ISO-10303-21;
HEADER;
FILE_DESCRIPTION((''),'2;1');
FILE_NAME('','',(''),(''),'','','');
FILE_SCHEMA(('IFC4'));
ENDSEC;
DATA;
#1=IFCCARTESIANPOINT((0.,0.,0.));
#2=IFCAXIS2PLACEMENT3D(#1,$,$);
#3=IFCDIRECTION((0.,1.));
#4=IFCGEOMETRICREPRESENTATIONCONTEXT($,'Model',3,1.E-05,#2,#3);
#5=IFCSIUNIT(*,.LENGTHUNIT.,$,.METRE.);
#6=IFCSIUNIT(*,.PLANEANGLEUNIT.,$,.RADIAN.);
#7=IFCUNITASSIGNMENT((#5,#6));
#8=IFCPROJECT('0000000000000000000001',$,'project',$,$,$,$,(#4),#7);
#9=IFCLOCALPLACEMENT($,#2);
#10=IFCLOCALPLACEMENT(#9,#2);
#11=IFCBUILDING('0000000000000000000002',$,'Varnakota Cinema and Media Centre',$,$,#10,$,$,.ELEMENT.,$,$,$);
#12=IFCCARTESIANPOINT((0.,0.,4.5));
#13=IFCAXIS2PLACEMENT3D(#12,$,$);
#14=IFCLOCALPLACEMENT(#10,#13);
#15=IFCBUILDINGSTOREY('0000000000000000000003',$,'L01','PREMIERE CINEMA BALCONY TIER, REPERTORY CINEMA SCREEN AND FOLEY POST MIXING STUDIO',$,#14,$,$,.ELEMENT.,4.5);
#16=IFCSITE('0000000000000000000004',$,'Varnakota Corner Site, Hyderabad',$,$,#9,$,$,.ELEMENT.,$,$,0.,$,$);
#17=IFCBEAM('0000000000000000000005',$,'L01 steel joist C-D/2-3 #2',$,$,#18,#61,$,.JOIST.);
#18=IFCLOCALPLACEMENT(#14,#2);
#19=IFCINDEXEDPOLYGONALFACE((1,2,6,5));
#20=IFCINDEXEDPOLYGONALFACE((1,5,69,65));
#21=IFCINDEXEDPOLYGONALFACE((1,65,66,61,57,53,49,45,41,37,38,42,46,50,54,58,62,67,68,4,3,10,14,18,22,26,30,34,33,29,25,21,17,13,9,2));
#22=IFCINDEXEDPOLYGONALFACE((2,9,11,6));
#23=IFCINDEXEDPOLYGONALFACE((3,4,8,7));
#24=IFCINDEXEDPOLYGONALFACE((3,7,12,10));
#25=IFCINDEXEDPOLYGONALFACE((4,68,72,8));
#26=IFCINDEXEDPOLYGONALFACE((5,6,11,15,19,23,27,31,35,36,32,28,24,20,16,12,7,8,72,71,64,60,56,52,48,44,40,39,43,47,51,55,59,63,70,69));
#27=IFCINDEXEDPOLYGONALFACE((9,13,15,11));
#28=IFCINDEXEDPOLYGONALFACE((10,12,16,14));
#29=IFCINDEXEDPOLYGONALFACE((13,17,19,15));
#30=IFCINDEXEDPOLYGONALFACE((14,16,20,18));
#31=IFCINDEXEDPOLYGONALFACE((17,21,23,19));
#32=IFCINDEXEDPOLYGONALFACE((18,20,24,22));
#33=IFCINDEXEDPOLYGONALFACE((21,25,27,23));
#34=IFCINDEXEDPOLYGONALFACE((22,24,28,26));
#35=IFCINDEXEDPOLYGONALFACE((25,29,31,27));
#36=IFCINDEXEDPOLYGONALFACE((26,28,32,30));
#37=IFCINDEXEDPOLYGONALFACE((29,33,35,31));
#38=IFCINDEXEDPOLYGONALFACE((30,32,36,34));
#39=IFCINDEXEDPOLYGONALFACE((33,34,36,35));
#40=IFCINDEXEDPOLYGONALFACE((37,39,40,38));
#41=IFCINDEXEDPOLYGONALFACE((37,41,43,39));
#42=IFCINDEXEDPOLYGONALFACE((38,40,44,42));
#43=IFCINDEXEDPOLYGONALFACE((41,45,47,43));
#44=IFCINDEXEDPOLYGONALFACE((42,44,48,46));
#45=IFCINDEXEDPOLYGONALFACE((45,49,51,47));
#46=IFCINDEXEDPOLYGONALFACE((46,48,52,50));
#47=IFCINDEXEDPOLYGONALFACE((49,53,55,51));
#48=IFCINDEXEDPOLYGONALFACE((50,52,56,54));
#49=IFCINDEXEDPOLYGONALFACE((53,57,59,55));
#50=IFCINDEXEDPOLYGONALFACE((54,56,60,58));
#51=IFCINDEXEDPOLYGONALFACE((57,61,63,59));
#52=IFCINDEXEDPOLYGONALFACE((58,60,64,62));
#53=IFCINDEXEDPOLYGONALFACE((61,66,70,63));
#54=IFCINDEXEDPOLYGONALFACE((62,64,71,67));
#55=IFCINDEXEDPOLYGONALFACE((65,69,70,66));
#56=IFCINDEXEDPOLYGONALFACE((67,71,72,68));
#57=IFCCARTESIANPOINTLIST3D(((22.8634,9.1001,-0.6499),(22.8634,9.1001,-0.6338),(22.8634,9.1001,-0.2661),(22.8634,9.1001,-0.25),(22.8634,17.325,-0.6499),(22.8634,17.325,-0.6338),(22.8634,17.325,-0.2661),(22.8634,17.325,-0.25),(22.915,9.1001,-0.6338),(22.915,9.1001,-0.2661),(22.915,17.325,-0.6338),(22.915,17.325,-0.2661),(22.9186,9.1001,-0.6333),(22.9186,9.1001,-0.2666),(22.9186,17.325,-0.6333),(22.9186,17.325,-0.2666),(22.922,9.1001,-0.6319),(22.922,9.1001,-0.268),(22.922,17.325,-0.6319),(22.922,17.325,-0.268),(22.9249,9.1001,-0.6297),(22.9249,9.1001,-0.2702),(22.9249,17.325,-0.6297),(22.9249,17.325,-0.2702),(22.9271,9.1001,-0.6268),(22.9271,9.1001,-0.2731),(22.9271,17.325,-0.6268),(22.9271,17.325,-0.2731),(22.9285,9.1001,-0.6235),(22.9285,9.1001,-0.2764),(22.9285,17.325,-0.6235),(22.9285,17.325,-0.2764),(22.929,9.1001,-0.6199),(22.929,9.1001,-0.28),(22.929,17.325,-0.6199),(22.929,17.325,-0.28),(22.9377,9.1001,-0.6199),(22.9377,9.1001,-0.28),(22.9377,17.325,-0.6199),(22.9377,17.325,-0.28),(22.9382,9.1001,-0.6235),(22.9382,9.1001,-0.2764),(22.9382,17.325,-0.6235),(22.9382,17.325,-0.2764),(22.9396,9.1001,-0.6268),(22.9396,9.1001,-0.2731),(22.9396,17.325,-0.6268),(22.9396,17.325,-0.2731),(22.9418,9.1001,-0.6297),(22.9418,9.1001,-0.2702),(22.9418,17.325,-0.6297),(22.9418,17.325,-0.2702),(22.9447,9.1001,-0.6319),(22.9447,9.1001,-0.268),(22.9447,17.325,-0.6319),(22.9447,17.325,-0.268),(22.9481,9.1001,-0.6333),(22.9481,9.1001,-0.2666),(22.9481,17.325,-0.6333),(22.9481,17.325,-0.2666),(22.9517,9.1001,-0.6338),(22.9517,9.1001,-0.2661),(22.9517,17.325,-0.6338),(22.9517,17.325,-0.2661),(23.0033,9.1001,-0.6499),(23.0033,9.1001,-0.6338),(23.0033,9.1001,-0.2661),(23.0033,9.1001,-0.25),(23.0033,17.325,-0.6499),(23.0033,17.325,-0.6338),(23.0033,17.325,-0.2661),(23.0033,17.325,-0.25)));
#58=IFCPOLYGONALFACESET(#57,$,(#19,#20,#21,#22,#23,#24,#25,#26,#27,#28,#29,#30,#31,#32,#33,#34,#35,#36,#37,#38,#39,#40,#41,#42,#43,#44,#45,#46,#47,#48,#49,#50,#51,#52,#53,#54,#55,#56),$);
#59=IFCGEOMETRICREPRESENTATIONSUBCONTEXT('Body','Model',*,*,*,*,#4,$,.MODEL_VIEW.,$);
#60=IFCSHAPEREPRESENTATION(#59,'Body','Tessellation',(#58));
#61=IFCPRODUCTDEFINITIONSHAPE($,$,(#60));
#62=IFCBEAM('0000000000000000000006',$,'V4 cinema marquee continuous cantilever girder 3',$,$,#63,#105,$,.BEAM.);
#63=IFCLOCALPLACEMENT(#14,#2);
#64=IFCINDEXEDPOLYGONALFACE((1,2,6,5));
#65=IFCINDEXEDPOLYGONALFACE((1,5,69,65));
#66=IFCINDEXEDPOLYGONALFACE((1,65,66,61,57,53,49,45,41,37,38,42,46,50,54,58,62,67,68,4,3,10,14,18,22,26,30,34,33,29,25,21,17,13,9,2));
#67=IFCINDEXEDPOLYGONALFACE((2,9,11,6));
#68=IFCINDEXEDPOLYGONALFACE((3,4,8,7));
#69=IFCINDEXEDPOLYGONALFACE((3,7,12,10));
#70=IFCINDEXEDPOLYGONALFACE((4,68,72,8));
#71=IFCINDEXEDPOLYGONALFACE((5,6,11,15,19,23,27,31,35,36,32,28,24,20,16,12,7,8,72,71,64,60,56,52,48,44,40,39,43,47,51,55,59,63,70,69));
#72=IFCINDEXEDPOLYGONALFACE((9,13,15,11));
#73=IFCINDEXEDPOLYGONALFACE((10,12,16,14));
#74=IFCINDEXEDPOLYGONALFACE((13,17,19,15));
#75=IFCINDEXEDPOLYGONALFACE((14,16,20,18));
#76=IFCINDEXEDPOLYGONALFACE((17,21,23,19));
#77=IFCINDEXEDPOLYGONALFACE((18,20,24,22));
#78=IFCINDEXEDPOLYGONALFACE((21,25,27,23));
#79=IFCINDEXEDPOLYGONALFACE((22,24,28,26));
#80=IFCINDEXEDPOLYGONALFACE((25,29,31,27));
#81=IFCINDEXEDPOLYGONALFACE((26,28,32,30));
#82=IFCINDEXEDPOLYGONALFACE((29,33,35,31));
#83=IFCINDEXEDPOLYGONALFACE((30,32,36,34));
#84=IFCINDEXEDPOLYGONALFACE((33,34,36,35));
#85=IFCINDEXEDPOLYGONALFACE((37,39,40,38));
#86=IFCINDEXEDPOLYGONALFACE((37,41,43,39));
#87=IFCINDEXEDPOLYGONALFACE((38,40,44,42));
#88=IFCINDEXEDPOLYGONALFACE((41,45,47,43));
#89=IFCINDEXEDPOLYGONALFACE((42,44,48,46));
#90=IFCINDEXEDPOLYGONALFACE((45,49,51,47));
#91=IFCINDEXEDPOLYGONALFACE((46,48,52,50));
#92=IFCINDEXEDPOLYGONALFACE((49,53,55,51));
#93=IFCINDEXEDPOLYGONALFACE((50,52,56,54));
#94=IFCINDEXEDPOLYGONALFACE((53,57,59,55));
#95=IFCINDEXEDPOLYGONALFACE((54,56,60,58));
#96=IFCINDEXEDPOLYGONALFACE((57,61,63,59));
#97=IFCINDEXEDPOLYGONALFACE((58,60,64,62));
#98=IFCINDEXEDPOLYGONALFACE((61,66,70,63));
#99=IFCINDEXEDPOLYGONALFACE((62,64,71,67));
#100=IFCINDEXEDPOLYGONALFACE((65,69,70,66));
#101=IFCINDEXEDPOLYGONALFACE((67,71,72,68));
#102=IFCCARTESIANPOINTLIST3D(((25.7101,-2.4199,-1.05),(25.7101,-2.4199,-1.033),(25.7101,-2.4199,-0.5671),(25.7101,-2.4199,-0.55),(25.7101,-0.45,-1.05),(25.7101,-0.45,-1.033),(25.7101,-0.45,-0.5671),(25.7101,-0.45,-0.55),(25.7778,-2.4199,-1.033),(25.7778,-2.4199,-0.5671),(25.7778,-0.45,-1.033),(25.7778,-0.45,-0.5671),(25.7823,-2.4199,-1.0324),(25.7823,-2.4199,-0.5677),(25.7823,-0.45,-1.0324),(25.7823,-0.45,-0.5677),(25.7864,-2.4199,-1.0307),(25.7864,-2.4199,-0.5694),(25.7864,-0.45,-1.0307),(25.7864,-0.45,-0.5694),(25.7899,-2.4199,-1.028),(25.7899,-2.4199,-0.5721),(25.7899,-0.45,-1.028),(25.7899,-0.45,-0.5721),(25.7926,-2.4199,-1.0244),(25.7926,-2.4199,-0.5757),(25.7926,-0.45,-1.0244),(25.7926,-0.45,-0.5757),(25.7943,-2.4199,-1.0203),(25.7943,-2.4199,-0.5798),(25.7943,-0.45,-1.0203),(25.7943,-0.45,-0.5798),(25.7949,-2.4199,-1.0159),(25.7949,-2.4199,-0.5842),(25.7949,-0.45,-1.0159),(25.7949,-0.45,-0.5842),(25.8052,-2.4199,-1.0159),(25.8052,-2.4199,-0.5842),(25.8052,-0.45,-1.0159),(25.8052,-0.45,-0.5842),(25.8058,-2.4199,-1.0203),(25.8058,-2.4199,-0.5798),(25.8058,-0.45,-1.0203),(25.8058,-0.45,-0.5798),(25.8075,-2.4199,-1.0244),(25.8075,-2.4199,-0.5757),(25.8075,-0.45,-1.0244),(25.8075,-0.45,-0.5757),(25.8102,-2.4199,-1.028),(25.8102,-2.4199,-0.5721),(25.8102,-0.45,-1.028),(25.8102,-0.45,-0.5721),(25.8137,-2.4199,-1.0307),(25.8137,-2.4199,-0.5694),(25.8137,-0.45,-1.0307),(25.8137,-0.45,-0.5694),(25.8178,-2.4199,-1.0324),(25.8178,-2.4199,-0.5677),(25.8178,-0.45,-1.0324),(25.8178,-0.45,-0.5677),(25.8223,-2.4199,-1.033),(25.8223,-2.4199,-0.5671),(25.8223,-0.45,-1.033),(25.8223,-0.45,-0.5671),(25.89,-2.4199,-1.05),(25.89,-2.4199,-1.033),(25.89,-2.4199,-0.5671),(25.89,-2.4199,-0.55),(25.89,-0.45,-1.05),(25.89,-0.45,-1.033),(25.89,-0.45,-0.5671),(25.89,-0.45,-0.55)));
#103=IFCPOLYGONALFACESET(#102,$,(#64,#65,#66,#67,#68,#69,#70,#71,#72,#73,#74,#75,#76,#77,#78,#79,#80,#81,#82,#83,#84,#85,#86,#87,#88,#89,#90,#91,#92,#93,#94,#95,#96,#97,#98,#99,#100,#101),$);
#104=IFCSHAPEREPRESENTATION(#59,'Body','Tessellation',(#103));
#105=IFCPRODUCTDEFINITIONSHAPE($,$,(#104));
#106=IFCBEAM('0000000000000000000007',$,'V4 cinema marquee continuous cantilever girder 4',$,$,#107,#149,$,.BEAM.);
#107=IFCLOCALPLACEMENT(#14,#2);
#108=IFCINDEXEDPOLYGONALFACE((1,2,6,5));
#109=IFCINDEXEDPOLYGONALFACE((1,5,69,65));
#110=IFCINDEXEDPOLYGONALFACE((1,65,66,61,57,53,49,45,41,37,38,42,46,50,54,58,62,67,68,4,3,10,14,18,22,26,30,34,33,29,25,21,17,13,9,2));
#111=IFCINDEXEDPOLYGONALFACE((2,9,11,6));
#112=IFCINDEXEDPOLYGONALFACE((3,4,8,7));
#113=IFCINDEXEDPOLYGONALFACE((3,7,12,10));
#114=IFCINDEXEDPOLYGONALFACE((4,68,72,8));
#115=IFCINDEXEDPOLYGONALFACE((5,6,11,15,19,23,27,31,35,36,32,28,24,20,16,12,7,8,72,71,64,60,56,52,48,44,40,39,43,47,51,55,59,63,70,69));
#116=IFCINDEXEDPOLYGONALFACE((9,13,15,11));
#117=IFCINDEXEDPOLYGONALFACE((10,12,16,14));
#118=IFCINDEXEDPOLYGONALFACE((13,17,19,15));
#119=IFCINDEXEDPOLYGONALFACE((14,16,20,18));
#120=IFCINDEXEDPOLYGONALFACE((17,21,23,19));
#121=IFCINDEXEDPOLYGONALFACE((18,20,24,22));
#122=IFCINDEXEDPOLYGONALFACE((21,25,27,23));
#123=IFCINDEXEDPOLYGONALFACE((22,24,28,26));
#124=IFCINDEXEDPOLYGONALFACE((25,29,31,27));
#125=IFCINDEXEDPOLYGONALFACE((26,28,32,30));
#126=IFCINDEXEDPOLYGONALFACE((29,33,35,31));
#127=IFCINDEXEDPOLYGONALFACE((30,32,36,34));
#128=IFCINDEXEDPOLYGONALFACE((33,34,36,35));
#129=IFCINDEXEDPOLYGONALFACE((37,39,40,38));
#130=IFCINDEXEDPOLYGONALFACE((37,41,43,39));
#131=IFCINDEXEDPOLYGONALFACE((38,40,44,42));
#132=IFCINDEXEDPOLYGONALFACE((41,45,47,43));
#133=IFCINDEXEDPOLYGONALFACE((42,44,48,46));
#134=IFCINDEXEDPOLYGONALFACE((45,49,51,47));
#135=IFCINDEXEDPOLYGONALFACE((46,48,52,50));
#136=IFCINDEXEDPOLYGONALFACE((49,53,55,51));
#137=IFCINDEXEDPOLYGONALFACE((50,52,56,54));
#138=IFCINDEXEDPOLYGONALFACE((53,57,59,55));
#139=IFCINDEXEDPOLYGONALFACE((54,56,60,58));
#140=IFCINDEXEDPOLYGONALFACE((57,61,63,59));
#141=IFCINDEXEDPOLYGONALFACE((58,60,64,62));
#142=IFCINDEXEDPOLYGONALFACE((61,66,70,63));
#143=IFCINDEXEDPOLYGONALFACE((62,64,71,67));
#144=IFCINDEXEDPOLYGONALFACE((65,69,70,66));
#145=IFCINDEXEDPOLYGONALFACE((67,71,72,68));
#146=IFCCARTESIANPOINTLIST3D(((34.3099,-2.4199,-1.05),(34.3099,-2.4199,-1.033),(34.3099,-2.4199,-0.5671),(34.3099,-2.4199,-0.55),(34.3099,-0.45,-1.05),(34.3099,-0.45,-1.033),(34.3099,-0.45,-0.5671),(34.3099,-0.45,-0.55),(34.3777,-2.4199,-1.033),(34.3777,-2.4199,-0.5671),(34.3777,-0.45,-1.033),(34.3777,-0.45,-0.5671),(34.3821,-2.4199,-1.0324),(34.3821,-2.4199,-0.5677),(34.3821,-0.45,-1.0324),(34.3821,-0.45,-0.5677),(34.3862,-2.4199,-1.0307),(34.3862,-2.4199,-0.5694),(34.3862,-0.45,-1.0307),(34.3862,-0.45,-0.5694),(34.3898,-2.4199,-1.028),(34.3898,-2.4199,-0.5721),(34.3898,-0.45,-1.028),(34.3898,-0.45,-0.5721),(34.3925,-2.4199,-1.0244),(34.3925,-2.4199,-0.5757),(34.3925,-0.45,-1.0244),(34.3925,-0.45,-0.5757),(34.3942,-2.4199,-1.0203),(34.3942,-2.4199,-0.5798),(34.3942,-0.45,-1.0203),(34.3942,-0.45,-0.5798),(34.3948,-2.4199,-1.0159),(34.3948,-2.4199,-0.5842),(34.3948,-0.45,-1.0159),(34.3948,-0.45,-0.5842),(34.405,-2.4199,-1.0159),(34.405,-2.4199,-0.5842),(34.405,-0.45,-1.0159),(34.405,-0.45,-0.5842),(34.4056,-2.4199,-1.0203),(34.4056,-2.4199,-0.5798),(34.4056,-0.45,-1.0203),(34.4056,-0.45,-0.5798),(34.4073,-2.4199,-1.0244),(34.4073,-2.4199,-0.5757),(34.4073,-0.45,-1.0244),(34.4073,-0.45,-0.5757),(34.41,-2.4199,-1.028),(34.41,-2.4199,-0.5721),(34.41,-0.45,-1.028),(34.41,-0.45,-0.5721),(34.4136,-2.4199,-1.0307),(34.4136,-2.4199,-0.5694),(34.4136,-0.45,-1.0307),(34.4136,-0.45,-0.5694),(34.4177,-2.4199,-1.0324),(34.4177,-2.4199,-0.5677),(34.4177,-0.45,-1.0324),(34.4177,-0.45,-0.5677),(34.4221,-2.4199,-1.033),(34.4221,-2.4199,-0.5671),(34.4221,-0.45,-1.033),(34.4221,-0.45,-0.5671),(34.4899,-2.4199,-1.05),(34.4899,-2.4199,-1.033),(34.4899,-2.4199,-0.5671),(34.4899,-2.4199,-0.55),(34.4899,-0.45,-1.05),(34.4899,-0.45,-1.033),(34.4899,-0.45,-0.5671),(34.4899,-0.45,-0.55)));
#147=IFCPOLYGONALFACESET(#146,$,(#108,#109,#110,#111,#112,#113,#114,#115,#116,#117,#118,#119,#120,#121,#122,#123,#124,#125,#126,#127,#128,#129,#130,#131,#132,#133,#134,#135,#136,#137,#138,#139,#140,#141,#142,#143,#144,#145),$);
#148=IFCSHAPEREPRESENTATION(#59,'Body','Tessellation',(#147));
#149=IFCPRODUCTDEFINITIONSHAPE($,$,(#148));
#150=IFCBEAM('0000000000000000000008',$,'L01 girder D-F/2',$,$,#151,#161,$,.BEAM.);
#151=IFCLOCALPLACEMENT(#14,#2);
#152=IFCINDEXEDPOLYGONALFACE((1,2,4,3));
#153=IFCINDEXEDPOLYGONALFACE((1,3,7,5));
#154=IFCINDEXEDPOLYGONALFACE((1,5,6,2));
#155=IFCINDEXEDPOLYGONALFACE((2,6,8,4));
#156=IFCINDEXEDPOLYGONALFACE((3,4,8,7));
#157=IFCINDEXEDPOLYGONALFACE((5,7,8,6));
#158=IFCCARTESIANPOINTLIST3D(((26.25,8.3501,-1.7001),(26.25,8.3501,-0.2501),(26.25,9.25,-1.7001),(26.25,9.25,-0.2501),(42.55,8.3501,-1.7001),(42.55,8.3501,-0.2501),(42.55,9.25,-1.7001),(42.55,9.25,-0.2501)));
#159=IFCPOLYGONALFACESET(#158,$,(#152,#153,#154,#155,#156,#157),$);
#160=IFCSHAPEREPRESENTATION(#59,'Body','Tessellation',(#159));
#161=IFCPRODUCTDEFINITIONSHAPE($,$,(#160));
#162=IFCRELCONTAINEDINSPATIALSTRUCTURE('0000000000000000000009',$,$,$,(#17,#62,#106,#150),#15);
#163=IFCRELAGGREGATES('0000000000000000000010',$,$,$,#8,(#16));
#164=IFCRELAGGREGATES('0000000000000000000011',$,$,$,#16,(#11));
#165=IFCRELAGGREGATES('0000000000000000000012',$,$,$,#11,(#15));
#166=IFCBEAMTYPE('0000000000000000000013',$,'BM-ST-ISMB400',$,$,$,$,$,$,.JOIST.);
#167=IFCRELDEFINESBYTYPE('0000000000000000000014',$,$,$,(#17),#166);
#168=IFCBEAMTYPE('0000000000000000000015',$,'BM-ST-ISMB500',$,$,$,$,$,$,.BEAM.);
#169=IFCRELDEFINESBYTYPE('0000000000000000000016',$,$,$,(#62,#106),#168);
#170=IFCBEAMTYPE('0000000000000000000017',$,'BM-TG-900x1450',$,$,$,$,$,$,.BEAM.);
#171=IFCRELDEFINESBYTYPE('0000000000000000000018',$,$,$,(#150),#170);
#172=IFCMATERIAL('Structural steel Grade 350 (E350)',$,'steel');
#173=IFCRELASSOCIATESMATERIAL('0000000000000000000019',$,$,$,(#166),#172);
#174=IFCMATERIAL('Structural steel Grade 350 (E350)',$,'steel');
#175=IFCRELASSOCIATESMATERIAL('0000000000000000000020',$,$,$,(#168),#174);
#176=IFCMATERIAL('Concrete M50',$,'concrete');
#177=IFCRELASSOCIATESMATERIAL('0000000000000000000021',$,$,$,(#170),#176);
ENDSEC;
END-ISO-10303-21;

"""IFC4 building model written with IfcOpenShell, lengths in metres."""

from ifc_helpers import new_model, si_unit, direction, frame, origin, origin_2d, place, context, subcontext, project, spatial, rectangle, i_section, extrude, material, material_profile, profile_set, type_object, element, save


model = new_model("IFC4")

# Units and contexts
model_context = context("Model", 3, precision=1e-05, world=origin(), true_north=direction((0.0, 1.0)))
body_context = subcontext(model_context, "Body", "Model", "MODEL_VIEW")
ifc_project = project(units=[si_unit("LENGTHUNIT", "METRE"), si_unit("PLANEANGLEUNIT", "RADIAN")], contexts=[model_context])

# Site, building, storey
site_placement = place(None, origin())
site = spatial("IfcSite", under=ifc_project, at=site_placement, Name="Varnakota Corner Site, Hyderabad", CompositionType="ELEMENT", RefElevation=0.0)
building_placement = place(site_placement, origin())
building = spatial("IfcBuilding", under=site, at=building_placement, Name="Varnakota Cinema and Media Centre", CompositionType="ELEMENT")
storey_placement = place(building_placement, frame((0.0, 0.0, 4.5)))
storey = spatial("IfcBuildingStorey", under=building, at=storey_placement, Name="L01", Description="PREMIERE CINEMA BALCONY TIER, REPERTORY CINEMA SCREEN AND FOLEY POST MIXING STUDIO", CompositionType="ELEMENT", Elevation=4.5)

# Beams
ifc_material_1 = material(Name="Structural steel Grade 350 (E350)", Category="steel")
ifc_material_profile_1 = material_profile(ifc_material_1, i_section(OverallWidth=0.1399, OverallDepth=0.3999, WebThickness=0.0088, FlangeThickness=0.0161, FilletRadius=0.0139, at=origin_2d()), Name="ISMB 400")
ifc_profile_set_1 = profile_set([ifc_material_profile_1], Name="Structural steel Grade 350 (E350)")
beam_type_1 = type_object("IfcBeamType", Name="BM-ST-ISMB400", PredefinedType="JOIST", material=ifc_profile_set_1)
for number, where, z_axis, x_axis, name in (
    (1, (22.9333, 9.1001, -0.45), (0.0, 1.0, 0.0), (-1.0, 0.0, 0.0), "L01 steel joist C-D/2-3 #2"),
):
    element("IfcBeam", number, at=place(storey_placement, frame(where, z_axis=z_axis, x_axis=x_axis)), inside=storey, type_object=beam_type_1, Name=name, PredefinedType="JOIST", context=body_context, shape_type="SweptSolid", body=[
        extrude(i_section(OverallWidth=0.1399, OverallDepth=0.3999, WebThickness=0.0088, FlangeThickness=0.0161, FilletRadius=0.0139, at=origin_2d()), origin(), (0.0, 0.0, 1.0), 8.2249),
    ])
ifc_material_2 = material(Name="Structural steel Grade 350 (E350)", Category="steel")
ifc_material_profile_2 = material_profile(ifc_material_2, i_section(OverallWidth=0.1799, OverallDepth=0.5, WebThickness=0.0103, FlangeThickness=0.0171, FilletRadius=0.0171, at=origin_2d()), Name="ISMB 500")
ifc_profile_set_2 = profile_set([ifc_material_profile_2], Name="Structural steel Grade 350 (E350)")
beam_type_2 = type_object("IfcBeamType", Name="BM-ST-ISMB500", PredefinedType="BEAM", material=ifc_profile_set_2)
for number, where, z_axis, x_axis, name in (
    (2, (25.8, -0.45, -0.8), (0.0, -1.0, 0.0), (1.0, 0.0, 0.0), "V4 cinema marquee continuous cantilever girder 3"),
    (3, (34.3999, -0.45, -0.8), (0.0, -1.0, 0.0), (1.0, 0.0, 0.0), "V4 cinema marquee continuous cantilever girder 4"),
):
    element("IfcBeam", number, at=place(storey_placement, frame(where, z_axis=z_axis, x_axis=x_axis)), inside=storey, type_object=beam_type_2, Name=name, PredefinedType="BEAM", context=body_context, shape_type="SweptSolid", body=[
        extrude(i_section(OverallWidth=0.1799, OverallDepth=0.5, WebThickness=0.0103, FlangeThickness=0.0171, FilletRadius=0.0171, at=origin_2d()), origin(), (0.0, 0.0, 1.0), 1.97),
    ])
ifc_material_3 = material(Name="Concrete M50", Category="concrete")
ifc_material_profile_3 = material_profile(ifc_material_3, rectangle(XDim=0.8999, YDim=1.45, at=origin_2d()), Name="RCB 900x1450")
ifc_profile_set_3 = profile_set([ifc_material_profile_3], Name="Concrete M50")
beam_type_3 = type_object("IfcBeamType", Name="BM-TG-900x1450", PredefinedType="BEAM", material=ifc_profile_set_3)
beam_1_placement = place(storey_placement, frame((26.25, 8.8, -0.9751), z_axis=(1.0, 0.0, 0.0), x_axis=(0.0, 1.0, 0.0)))
element("IfcBeam", 4, at=beam_1_placement, inside=storey, type_object=beam_type_3, Name="L01 girder D-F/2", PredefinedType="BEAM", context=body_context, shape_type="SweptSolid", body=[
    extrude(rectangle(XDim=0.8999, YDim=1.45, at=origin_2d()), origin(), (0.0, 0.0, 1.0), 16.3),
])

save(model, "model.ifc")
